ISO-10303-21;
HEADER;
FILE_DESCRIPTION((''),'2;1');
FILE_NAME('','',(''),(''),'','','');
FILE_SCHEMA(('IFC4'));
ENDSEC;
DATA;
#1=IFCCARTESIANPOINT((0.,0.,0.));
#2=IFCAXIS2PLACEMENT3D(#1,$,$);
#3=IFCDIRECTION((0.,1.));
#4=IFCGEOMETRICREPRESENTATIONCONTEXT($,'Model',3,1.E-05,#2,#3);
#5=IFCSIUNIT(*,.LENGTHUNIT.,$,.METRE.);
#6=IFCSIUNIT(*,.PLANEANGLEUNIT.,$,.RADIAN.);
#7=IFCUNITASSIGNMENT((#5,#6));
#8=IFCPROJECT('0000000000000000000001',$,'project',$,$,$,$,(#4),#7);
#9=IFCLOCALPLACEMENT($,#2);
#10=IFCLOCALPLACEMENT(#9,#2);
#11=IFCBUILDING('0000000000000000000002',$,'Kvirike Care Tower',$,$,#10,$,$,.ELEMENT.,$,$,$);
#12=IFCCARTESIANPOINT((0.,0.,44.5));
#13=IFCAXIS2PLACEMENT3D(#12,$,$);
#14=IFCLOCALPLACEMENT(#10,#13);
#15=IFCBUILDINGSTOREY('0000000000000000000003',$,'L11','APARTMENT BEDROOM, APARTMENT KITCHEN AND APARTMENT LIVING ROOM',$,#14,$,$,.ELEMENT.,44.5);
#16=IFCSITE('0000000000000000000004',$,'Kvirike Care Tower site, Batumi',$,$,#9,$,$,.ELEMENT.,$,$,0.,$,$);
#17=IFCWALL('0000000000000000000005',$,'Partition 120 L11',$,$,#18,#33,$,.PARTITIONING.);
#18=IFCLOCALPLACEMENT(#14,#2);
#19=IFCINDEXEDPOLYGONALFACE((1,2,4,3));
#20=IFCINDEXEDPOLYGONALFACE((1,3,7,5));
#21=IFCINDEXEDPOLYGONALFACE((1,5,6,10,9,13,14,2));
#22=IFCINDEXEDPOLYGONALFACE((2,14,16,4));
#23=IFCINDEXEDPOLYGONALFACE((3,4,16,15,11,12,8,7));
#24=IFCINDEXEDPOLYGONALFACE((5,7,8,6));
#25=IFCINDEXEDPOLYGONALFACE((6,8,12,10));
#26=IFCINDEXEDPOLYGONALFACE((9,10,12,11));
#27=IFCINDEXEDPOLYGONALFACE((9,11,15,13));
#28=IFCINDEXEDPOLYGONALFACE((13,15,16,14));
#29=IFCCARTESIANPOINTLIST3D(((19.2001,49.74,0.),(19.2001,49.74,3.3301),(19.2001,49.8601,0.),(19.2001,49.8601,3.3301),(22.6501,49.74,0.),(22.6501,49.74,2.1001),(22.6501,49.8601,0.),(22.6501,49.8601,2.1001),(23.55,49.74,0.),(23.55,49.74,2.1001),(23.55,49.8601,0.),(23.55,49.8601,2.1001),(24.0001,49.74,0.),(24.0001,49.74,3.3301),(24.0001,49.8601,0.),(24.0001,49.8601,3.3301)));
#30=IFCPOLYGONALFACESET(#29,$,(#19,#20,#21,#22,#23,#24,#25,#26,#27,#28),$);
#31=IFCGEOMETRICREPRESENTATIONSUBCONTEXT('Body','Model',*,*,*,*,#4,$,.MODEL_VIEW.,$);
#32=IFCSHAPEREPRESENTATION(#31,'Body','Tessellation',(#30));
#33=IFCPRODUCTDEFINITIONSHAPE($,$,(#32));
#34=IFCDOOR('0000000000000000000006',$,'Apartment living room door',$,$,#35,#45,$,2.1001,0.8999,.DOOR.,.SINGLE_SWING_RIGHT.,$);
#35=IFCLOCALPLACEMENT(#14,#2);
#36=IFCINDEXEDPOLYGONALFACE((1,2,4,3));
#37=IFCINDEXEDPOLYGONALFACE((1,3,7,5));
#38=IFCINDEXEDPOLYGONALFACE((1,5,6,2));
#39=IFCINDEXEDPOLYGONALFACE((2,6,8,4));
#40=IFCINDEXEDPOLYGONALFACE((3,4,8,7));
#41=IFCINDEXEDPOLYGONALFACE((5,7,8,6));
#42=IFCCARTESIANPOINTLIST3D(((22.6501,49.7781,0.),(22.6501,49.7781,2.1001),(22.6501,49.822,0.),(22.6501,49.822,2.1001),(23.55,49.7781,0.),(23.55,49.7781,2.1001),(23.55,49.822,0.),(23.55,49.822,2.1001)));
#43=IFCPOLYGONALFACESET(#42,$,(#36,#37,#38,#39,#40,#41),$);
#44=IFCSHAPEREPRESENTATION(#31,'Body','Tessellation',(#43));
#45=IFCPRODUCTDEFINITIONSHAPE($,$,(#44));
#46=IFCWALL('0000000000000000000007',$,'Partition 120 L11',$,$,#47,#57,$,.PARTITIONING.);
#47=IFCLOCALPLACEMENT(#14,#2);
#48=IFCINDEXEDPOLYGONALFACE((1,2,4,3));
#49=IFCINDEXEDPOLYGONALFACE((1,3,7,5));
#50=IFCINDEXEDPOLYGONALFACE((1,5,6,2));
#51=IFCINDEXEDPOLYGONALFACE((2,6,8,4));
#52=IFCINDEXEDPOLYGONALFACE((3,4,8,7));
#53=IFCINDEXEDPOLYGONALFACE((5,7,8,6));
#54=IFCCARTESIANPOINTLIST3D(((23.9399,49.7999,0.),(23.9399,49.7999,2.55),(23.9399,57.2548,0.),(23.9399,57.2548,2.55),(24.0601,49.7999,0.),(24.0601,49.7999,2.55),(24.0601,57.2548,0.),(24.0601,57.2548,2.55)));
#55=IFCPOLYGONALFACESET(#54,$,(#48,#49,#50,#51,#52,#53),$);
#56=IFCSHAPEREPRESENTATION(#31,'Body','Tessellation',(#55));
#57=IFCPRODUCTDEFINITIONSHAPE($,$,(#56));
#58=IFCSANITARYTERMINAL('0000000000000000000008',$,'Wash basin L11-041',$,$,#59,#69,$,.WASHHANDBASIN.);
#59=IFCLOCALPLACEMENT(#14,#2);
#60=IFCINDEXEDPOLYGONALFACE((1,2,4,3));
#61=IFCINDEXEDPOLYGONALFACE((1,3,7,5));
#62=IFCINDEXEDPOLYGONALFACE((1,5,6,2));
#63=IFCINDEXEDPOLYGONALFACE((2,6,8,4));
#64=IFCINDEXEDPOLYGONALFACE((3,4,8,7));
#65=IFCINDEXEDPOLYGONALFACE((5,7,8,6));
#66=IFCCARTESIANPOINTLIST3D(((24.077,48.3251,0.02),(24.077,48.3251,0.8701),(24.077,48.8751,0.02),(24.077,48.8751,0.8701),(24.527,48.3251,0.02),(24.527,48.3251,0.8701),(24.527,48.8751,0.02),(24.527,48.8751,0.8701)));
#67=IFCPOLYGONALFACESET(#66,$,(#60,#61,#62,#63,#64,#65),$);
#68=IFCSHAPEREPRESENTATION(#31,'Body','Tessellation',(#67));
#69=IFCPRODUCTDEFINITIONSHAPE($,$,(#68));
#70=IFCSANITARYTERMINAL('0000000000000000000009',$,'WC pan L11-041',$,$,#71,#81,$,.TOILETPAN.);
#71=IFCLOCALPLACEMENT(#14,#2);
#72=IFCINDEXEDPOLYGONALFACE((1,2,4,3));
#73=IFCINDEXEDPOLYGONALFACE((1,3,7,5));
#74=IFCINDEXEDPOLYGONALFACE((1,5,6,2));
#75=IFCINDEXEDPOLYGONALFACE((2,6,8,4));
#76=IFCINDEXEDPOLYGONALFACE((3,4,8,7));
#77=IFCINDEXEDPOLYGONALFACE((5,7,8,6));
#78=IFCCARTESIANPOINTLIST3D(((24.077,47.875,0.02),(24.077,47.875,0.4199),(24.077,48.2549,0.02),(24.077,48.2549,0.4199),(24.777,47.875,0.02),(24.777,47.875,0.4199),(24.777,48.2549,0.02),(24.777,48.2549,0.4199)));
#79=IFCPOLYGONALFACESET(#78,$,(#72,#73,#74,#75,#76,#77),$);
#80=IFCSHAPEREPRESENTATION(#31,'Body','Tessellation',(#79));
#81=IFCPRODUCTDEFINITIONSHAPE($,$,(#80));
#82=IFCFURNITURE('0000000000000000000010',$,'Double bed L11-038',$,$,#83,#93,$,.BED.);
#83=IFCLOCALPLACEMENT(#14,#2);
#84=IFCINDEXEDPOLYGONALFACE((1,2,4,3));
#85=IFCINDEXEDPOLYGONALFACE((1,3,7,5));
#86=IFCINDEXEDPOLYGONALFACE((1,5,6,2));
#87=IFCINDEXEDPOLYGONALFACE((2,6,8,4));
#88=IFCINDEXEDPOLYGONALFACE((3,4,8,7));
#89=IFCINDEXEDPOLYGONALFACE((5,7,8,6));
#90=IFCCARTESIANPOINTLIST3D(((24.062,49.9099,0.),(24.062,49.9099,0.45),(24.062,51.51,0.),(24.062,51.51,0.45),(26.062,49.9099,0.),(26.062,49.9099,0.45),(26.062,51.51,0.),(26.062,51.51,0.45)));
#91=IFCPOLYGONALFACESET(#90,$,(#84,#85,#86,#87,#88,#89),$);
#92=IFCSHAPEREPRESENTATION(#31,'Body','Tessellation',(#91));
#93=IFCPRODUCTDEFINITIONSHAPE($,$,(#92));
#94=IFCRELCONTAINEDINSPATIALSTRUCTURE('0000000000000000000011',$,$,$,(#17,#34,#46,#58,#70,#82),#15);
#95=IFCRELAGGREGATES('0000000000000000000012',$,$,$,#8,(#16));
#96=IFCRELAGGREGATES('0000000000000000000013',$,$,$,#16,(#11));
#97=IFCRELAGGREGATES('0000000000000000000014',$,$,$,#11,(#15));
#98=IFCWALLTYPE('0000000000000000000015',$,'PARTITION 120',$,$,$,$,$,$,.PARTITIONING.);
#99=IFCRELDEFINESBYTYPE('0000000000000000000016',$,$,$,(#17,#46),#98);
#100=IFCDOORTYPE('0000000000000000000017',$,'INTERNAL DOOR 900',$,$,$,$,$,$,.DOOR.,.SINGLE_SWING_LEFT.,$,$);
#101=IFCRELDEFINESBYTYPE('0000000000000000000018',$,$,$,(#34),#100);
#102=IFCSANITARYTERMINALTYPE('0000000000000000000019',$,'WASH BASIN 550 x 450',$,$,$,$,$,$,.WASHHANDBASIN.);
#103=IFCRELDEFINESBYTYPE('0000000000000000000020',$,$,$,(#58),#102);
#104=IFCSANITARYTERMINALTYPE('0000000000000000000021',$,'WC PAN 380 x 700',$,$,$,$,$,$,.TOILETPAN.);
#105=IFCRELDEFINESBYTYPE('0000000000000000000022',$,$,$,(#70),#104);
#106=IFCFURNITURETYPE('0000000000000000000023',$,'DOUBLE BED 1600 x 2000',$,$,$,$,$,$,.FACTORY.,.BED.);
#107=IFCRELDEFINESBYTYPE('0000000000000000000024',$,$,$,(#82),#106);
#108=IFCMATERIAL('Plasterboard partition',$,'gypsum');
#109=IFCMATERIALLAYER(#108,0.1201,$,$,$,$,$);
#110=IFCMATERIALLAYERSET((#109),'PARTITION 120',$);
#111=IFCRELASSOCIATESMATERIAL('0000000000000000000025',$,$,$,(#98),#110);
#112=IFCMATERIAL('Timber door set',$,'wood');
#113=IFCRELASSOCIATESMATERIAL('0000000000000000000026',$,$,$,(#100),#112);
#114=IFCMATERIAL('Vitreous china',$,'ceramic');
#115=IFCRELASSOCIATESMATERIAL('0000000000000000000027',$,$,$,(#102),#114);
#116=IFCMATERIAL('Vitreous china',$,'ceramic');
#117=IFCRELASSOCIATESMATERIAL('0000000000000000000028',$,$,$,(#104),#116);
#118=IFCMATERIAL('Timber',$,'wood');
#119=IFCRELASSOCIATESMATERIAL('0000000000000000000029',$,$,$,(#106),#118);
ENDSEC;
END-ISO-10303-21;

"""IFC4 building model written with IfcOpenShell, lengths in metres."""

from ifc_helpers import new_model, si_unit, direction, frame, frame_2d, origin, origin_2d, place, context, subcontext, project, spatial, rectangle, extrude, material, layer, layer_set, type_object, element, fill, save


model = new_model("IFC4")

# Units and contexts
model_context = context("Model", 3, precision=1e-05, world=origin(), true_north=direction((0.0, 1.0)))
body_context = subcontext(model_context, "Body", "Model", "MODEL_VIEW")
ifc_project = project(units=[si_unit("LENGTHUNIT", "METRE"), si_unit("PLANEANGLEUNIT", "RADIAN")], contexts=[model_context])

# Site, building, storey
site_placement = place(None, origin())
site = spatial("IfcSite", under=ifc_project, at=site_placement, Name="Kvirike Care Tower site, Batumi", CompositionType="ELEMENT", RefElevation=0.0)
building_placement = place(site_placement, origin())
building = spatial("IfcBuilding", under=site, at=building_placement, Name="Kvirike Care Tower", CompositionType="ELEMENT")
storey_placement = place(building_placement, frame((0.0, 0.0, 44.5)))
storey = spatial("IfcBuildingStorey", under=building, at=storey_placement, Name="L11", Description="APARTMENT BEDROOM, APARTMENT KITCHEN AND APARTMENT LIVING ROOM", CompositionType="ELEMENT", Elevation=44.5)

# Wall, opening, door
ifc_material_1 = material(Name="Plasterboard partition", Category="gypsum")
ifc_layer_1 = layer(ifc_material_1, 0.1201)
ifc_layer_set_1 = layer_set([ifc_layer_1], Name="PARTITION 120")
wall_type_1 = type_object("IfcWallType", Name="PARTITION 120", PredefinedType="PARTITIONING", material=ifc_layer_set_1)
wall_1_placement = place(storey_placement, frame((24.0, 49.8, 0.0), z_axis=(0.0, 0.0, 1.0), x_axis=(-1.0, 0.0, 0.0)))
wall_1 = element("IfcWall", 1, at=wall_1_placement, inside=storey, type_object=wall_type_1, Name="Partition 120 L11", PredefinedType="PARTITIONING", context=body_context, shape_type="SweptSolid", body=[
    extrude(rectangle(XDim=4.8, YDim=0.1201, at=frame_2d((2.3999, 0.0))), origin(), (0.0, 0.0, 1.0), 3.3301),
])
opening_1_placement = place(wall_1_placement, frame((0.45, 0.0, 0.0)))
opening_1 = element("IfcOpeningElement", 2, at=opening_1_placement, cuts=wall_1, PredefinedType="OPENING", context=body_context, shape_type="SweptSolid", body=[
    extrude(rectangle(XDim=0.8999, YDim=2.1001, at=frame_2d((0.45, 1.05))), frame((0.0, 0.0706, 0.0), z_axis=(0.0, -1.0, 0.0), x_axis=(1.0, 0.0, 0.0)), (0.0, 0.0, 1.0), 0.1411),
])
ifc_material_2 = material(Name="Timber door set", Category="wood")
door_type_1 = type_object("IfcDoorType", Name="INTERNAL DOOR 900", OperationType="SINGLE_SWING_LEFT", PredefinedType="DOOR", material=ifc_material_2)
door_1_placement = place(opening_1_placement, frame((0.8999, 0.0, 0.0), z_axis=(0.0, 0.0, 1.0), x_axis=(-1.0, 0.0, 0.0)))
door_1 = element("IfcDoor", 3, at=door_1_placement, inside=storey, type_object=door_type_1, Name="Apartment living room door", OperationType="SINGLE_SWING_RIGHT", OverallHeight=2.1001, OverallWidth=0.8999, PredefinedType="DOOR", context=body_context, shape_type="SweptSolid", body=[
    extrude(rectangle(XDim=0.8999, YDim=2.1001, at=frame_2d((0.45, 1.05))), frame((0.0, 0.022, 0.0), z_axis=(0.0, -1.0, 0.0), x_axis=(1.0, 0.0, 0.0)), (0.0, 0.0, 1.0), 0.0439),
])
fill(opening_1, door_1)

# Wall
wall_2_placement = place(storey_placement, frame((24.0, 57.2549, 0.0), z_axis=(0.0, 0.0, 1.0), x_axis=(0.0, -1.0, 0.0)))
element("IfcWall", 4, at=wall_2_placement, inside=storey, type_object=wall_type_1, Name="Partition 120 L11", PredefinedType="PARTITIONING", context=body_context, shape_type="SweptSolid", body=[
    extrude(rectangle(XDim=7.4548, YDim=0.1201, at=frame_2d((3.7275, 0.0))), origin(), (0.0, 0.0, 1.0), 2.55),
])

# Sanitary terminals
ifc_material_3 = material(Name="Vitreous china", Category="ceramic")
sanitary_terminal_type_1 = type_object("IfcSanitaryTerminalType", Name="WASH BASIN 550 x 450", PredefinedType="WASHHANDBASIN", material=ifc_material_3)
sanitary_terminal_1_placement = place(storey_placement, frame((24.302, 48.6001, 0.02), z_axis=(0.0, 0.0, 1.0), x_axis=(0.0, 1.0, 0.0)))
element("IfcSanitaryTerminal", 5, at=sanitary_terminal_1_placement, inside=storey, type_object=sanitary_terminal_type_1, Name="Wash basin L11-041", PredefinedType="WASHHANDBASIN", context=body_context, shape_type="SweptSolid", body=[
    extrude(rectangle(XDim=0.55, YDim=0.45, at=origin_2d()), origin(), (0.0, 0.0, 1.0), 0.8501),
])
ifc_material_4 = material(Name="Vitreous china", Category="ceramic")
sanitary_terminal_type_2 = type_object("IfcSanitaryTerminalType", Name="WC PAN 380 x 700", PredefinedType="TOILETPAN", material=ifc_material_4)
sanitary_terminal_2_placement = place(storey_placement, frame((24.427, 48.0649, 0.02), z_axis=(0.0, 0.0, 1.0), x_axis=(0.0, 1.0, 0.0)))
element("IfcSanitaryTerminal", 6, at=sanitary_terminal_2_placement, inside=storey, type_object=sanitary_terminal_type_2, Name="WC pan L11-041", PredefinedType="TOILETPAN", context=body_context, shape_type="SweptSolid", body=[
    extrude(rectangle(XDim=0.3799, YDim=0.7, at=origin_2d()), origin(), (0.0, 0.0, 1.0), 0.3999),
])

# Furniture
ifc_material_5 = material(Name="Timber", Category="wood")
furniture_type = type_object("IfcFurnitureType", Name="DOUBLE BED 1600 x 2000", AssemblyPlace="FACTORY", PredefinedType="BED", material=ifc_material_5)
furniture_placement = place(storey_placement, frame((25.062, 50.71, 0.0), z_axis=(0.0, 0.0, 1.0), x_axis=(0.0, 1.0, 0.0)))
element("IfcFurniture", 7, at=furniture_placement, inside=storey, type_object=furniture_type, Name="Double bed L11-038", PredefinedType="BED", context=body_context, shape_type="SweptSolid", body=[
    extrude(rectangle(XDim=1.6001, YDim=2.0, at=origin_2d()), origin(), (0.0, 0.0, 1.0), 0.45),
])

save(model, "model.ifc")
